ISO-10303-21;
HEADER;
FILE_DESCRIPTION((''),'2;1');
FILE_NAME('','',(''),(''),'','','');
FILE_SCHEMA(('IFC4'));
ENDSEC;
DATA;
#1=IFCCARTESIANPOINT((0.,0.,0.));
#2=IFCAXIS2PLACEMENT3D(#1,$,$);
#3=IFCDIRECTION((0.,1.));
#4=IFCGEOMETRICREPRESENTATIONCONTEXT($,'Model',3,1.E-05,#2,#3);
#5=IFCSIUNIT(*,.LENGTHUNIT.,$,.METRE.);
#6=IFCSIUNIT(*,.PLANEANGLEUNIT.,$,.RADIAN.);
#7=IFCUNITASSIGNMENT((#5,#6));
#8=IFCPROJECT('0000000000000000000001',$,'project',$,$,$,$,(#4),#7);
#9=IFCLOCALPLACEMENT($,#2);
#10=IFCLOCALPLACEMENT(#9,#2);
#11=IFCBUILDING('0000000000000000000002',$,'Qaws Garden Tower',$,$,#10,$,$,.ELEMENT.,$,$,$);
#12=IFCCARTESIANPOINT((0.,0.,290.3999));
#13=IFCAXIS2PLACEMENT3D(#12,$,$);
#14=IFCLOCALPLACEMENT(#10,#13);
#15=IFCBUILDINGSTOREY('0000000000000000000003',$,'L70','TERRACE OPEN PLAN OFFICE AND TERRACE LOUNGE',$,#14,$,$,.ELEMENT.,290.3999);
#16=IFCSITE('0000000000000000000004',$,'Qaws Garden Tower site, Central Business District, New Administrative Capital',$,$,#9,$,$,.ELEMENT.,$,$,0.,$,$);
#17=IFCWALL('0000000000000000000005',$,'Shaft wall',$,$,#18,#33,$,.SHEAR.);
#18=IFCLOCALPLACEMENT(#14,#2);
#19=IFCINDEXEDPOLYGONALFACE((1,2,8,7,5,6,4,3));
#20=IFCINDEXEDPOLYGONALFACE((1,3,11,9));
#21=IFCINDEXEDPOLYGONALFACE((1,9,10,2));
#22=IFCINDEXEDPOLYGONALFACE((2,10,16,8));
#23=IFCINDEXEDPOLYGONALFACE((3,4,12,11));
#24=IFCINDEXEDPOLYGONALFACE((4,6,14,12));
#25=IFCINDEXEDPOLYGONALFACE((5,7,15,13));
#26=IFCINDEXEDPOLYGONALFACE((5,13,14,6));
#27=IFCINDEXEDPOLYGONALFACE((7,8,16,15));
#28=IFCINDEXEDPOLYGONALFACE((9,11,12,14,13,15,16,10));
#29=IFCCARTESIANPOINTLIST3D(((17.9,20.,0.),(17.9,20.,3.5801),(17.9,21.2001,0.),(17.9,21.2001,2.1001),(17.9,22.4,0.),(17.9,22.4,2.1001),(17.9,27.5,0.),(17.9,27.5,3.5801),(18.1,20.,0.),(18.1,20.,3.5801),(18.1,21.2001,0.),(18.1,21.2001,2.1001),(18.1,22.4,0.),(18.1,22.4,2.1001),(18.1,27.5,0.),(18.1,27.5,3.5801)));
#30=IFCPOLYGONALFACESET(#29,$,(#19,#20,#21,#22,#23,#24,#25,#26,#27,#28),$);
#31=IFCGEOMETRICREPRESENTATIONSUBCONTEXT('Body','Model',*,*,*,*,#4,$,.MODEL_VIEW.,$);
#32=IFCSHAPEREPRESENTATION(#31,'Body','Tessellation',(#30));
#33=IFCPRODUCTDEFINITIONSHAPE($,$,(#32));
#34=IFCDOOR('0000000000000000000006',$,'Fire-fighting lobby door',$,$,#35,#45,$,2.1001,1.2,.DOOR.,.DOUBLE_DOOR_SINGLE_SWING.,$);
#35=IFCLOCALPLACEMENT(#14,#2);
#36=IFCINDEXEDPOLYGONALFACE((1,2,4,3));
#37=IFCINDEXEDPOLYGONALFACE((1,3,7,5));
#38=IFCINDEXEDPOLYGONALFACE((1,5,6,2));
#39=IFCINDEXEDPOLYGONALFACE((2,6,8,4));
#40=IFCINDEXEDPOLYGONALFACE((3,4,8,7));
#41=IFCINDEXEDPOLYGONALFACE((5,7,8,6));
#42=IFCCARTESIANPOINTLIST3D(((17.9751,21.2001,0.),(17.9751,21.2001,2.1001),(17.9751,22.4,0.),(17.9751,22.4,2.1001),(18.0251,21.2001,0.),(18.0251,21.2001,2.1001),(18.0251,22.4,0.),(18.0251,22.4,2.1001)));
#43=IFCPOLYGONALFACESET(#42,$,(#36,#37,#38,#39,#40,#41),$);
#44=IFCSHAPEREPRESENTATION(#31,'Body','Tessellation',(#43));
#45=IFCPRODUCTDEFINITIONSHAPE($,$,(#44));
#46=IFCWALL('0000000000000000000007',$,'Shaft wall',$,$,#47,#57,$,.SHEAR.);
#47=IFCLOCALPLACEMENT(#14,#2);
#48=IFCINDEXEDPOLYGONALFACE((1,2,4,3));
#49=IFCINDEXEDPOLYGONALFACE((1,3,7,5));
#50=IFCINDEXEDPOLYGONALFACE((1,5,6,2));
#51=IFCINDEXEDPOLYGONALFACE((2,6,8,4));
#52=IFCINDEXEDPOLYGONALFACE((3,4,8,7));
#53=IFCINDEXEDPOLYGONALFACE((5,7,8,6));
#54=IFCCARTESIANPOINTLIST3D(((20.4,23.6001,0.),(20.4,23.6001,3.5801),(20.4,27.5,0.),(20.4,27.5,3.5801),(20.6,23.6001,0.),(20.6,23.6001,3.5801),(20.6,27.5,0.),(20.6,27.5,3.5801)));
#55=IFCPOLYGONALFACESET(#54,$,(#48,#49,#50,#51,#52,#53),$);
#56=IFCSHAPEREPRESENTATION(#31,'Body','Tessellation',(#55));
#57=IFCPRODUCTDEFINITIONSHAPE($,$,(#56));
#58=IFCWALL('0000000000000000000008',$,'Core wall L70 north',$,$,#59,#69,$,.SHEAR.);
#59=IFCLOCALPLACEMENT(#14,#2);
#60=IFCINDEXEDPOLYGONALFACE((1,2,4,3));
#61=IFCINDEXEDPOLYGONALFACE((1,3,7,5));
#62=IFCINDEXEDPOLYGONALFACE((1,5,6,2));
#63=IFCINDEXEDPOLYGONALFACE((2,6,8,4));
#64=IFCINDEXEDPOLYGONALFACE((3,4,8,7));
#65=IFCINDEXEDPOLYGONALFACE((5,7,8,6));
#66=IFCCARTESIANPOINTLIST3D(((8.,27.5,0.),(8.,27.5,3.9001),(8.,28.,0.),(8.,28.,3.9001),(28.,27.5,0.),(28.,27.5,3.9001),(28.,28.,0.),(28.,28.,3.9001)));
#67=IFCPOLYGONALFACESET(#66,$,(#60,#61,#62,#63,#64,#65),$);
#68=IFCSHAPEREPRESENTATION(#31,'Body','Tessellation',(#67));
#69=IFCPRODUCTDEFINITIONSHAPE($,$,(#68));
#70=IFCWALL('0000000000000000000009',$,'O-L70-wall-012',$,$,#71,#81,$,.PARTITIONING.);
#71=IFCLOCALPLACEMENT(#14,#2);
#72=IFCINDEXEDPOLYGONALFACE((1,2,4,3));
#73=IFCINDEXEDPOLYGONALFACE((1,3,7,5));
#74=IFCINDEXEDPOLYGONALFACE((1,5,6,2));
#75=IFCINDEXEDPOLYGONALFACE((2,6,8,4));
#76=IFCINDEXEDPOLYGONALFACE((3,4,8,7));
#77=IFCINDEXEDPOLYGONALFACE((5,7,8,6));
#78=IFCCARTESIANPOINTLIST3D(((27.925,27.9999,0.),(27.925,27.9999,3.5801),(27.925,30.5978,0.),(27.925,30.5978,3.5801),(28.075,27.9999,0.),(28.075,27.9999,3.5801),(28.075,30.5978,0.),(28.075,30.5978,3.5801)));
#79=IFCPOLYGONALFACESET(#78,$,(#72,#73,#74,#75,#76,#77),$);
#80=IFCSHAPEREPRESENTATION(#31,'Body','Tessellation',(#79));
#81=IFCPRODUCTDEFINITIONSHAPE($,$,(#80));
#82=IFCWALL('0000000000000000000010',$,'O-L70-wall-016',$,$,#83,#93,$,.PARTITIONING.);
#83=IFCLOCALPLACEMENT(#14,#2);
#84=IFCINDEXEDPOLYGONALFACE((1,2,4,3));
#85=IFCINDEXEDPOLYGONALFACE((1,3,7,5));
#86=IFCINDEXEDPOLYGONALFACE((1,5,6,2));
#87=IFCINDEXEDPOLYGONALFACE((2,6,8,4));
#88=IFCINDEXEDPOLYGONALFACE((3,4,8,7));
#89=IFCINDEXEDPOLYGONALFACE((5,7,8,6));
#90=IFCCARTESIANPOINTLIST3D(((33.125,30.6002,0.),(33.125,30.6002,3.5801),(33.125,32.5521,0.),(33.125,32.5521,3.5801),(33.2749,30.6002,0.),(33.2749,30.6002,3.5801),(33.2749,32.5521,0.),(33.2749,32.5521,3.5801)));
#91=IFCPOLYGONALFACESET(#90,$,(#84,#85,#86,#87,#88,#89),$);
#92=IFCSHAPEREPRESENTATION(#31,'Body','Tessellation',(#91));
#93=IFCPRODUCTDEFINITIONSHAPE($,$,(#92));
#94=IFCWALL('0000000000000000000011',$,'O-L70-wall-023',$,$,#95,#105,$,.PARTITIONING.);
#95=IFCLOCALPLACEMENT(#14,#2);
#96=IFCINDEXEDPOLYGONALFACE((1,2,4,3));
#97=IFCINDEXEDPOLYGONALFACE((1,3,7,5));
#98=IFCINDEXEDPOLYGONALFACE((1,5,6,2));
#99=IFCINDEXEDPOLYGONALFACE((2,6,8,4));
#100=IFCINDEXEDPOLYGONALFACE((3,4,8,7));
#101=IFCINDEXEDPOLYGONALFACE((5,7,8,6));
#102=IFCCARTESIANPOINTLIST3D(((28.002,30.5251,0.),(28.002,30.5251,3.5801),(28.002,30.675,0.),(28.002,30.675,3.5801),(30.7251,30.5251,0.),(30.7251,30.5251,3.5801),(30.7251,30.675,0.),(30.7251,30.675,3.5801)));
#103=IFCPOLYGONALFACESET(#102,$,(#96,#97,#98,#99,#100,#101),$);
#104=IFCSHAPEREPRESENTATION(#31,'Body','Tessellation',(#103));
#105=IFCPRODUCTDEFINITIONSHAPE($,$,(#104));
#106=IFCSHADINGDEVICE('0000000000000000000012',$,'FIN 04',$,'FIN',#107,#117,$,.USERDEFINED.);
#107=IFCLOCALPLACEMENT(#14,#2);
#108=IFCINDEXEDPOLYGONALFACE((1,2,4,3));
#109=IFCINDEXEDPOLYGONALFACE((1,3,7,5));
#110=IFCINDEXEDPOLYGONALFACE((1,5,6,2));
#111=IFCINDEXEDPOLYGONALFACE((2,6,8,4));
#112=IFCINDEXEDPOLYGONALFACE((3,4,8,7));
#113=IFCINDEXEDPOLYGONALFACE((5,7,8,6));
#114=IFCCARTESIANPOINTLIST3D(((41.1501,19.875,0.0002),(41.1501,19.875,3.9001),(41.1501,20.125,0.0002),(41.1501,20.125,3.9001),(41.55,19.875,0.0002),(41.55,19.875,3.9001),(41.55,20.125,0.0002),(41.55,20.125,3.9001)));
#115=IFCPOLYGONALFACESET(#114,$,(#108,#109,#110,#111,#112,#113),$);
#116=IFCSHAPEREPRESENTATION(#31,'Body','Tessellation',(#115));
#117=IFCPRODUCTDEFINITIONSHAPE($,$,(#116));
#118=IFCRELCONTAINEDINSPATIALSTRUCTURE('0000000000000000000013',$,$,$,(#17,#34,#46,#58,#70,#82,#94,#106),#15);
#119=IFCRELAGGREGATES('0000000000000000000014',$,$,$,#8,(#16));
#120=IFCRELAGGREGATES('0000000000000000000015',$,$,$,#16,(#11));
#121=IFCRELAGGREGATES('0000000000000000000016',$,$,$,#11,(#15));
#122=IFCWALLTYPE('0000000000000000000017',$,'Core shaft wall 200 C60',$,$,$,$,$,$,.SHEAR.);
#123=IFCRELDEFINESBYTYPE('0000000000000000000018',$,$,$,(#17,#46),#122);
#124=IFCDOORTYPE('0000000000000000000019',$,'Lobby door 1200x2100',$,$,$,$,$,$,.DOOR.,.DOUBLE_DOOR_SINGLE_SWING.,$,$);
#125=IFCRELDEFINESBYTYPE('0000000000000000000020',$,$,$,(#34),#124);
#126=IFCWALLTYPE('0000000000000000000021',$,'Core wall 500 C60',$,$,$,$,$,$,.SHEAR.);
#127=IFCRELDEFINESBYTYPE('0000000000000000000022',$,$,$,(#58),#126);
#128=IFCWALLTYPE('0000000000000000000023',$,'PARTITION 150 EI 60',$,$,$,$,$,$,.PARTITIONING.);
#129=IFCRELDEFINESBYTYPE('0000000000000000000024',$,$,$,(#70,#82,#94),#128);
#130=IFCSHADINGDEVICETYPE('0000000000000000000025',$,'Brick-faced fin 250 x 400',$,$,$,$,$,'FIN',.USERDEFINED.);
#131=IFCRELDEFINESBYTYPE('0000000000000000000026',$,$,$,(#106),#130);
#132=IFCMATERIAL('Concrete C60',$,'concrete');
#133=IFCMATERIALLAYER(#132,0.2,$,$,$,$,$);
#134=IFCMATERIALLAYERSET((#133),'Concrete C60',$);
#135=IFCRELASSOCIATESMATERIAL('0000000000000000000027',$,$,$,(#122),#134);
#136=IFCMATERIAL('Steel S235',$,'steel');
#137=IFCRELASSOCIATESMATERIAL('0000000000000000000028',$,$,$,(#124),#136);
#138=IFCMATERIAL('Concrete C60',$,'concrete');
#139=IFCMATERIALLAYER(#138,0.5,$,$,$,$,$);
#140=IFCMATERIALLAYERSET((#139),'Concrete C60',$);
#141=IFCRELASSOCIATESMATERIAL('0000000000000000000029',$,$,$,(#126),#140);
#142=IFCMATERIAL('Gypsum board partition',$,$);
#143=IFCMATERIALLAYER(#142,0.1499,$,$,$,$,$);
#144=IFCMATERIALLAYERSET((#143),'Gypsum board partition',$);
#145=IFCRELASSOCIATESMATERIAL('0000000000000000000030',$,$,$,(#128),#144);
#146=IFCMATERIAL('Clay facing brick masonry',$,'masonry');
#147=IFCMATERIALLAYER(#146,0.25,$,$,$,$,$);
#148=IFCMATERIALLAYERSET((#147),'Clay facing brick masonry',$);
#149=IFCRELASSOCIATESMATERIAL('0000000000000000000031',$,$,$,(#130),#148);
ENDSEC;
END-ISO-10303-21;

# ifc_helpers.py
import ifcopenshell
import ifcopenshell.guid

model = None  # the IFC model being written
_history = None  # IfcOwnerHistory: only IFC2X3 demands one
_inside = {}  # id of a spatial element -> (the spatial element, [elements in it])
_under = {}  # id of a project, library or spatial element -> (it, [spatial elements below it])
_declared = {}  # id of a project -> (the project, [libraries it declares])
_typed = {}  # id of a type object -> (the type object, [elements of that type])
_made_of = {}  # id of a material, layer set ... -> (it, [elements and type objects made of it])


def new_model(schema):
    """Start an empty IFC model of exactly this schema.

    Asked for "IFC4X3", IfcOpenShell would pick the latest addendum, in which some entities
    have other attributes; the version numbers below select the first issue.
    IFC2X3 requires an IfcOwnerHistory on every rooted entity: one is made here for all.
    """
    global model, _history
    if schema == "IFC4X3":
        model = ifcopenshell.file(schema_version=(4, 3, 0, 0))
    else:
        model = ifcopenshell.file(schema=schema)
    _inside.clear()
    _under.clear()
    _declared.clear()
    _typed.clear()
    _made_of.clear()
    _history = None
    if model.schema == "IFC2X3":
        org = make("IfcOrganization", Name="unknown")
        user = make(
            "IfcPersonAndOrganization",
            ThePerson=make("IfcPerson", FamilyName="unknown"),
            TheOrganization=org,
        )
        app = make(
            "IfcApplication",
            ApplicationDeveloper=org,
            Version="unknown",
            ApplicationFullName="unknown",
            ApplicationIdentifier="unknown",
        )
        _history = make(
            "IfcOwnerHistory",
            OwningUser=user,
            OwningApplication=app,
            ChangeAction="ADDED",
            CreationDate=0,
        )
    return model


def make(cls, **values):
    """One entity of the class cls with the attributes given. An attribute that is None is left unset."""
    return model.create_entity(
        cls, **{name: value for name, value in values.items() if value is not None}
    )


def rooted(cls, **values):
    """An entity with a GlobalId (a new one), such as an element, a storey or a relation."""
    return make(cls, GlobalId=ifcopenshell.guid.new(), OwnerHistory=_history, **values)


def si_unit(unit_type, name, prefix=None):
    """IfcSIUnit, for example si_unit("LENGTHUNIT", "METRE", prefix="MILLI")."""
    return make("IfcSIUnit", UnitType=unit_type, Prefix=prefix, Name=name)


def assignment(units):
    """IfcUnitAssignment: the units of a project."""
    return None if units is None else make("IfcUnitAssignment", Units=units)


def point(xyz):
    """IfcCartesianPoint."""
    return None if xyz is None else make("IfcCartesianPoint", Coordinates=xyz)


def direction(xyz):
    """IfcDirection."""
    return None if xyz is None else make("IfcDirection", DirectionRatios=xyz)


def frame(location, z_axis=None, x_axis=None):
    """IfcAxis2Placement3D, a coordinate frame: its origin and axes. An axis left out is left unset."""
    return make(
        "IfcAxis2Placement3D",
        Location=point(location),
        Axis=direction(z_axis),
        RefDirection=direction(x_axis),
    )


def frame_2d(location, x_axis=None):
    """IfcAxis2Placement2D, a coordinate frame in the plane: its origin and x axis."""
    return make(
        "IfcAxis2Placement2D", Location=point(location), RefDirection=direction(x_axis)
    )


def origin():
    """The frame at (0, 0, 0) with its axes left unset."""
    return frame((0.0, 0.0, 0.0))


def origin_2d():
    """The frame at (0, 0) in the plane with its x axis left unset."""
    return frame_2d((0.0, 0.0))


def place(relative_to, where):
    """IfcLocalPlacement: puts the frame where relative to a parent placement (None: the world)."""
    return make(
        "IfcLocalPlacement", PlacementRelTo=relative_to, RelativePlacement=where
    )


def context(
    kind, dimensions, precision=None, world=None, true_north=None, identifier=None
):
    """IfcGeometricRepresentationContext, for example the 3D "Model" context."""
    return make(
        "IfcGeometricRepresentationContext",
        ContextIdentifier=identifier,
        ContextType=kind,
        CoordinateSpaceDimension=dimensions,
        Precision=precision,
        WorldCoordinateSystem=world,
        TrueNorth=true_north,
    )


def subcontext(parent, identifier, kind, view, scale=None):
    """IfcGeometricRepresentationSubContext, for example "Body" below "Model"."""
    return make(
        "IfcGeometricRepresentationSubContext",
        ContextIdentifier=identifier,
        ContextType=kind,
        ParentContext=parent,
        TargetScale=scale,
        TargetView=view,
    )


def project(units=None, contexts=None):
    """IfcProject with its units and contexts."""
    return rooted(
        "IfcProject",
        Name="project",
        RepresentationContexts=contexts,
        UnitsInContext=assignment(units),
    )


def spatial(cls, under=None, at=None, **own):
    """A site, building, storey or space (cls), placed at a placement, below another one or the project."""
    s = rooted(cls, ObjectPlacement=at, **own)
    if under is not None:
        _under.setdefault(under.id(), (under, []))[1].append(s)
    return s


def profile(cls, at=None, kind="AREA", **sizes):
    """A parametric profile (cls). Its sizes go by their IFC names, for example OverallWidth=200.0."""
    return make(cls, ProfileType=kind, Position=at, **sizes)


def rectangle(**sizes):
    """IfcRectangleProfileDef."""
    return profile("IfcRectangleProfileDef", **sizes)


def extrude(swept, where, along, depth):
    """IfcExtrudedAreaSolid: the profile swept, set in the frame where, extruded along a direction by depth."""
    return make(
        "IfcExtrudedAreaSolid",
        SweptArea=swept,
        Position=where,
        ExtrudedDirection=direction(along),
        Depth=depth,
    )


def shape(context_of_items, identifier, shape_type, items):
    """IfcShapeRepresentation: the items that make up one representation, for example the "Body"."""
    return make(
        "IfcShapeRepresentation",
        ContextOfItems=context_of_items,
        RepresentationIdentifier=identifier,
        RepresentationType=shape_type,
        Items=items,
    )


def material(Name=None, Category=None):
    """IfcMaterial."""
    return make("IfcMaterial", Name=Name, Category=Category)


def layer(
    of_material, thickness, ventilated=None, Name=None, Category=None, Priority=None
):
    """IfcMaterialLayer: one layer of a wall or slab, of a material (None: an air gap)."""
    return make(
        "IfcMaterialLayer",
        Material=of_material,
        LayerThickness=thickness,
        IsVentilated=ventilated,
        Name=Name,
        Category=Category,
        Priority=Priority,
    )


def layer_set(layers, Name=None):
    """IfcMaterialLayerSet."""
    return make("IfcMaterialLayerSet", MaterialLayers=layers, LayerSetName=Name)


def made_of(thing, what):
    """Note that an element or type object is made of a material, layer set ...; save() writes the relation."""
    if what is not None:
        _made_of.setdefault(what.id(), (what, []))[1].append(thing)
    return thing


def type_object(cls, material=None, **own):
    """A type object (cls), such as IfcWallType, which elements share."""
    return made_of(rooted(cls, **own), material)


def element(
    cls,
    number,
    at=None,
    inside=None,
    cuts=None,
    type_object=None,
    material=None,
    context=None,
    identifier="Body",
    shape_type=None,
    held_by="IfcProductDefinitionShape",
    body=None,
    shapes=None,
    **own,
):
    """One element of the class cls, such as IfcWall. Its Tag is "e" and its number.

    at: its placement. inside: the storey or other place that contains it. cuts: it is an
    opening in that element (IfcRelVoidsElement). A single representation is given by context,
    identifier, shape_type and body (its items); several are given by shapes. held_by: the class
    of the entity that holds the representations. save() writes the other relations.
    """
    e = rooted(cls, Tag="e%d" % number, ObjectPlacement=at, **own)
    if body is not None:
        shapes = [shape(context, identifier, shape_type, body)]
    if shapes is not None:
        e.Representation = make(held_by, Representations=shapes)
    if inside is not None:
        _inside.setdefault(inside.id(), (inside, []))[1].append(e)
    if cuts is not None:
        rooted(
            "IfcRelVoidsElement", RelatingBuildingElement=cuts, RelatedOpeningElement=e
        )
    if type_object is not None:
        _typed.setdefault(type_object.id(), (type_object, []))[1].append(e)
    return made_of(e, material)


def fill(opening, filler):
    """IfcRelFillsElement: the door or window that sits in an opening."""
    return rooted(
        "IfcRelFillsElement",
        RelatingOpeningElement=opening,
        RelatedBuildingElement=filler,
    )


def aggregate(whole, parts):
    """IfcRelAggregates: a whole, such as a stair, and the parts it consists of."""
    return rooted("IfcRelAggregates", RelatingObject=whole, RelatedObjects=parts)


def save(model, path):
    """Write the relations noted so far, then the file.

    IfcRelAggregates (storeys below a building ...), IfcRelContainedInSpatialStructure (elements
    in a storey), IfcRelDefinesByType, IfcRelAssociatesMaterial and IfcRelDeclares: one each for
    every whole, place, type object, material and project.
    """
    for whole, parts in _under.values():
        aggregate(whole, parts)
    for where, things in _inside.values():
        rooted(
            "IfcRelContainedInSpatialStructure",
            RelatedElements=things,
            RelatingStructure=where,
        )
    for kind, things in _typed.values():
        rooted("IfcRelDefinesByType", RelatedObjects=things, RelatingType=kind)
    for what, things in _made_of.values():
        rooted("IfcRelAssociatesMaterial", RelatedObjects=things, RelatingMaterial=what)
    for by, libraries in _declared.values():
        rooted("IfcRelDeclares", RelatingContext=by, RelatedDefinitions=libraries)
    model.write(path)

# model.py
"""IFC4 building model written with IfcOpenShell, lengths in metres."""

from ifc_helpers import new_model, si_unit, direction, frame, frame_2d, origin, origin_2d, place, context, subcontext, project, spatial, rectangle, extrude, material, layer, layer_set, type_object, element, fill, save


model = new_model("IFC4")

# Units and contexts
model_context = context("Model", 3, precision=1e-05, world=origin(), true_north=direction((0.0, 1.0)))
body_context = subcontext(model_context, "Body", "Model", "MODEL_VIEW")
ifc_project = project(units=[si_unit("LENGTHUNIT", "METRE"), si_unit("PLANEANGLEUNIT", "RADIAN")], contexts=[model_context])

# Site, building, storey
site_placement = place(None, origin())
site = spatial("IfcSite", under=ifc_project, at=site_placement, Name="Qaws Garden Tower site, Central Business District, New Administrative Capital", CompositionType="ELEMENT", RefElevation=0.0)
building_placement = place(site_placement, origin())
building = spatial("IfcBuilding", under=site, at=building_placement, Name="Qaws Garden Tower", CompositionType="ELEMENT")
storey_placement = place(building_placement, frame((0.0, 0.0, 290.3999)))
storey = spatial("IfcBuildingStorey", under=building, at=storey_placement, Name="L70", Description="TERRACE OPEN PLAN OFFICE AND TERRACE LOUNGE", CompositionType="ELEMENT", Elevation=290.3999)

# Shared definitions
ifc_material_1 = material(Name="Concrete C60", Category="concrete")
ifc_layer_1 = layer(ifc_material_1, 0.2)
ifc_layer_set_1 = layer_set([ifc_layer_1], Name="Concrete C60")
wall_type_1 = type_object("IfcWallType", Name="Core shaft wall 200 C60", PredefinedType="SHEAR", material=ifc_layer_set_1)

# Wall, opening, door
wall_1_placement = place(storey_placement, frame((18.0, 20.0, 0.0), z_axis=(0.0, 0.0, 1.0), x_axis=(0.0, 1.0, 0.0)))
wall_1 = element("IfcWall", 1, at=wall_1_placement, inside=storey, type_object=wall_type_1, Name="Shaft wall", PredefinedType="SHEAR", context=body_context, shape_type="SweptSolid", body=[
    extrude(rectangle(XDim=7.5, YDim=0.2, at=frame_2d((3.75, 0.0))), origin(), (0.0, 0.0, 1.0), 3.5801),
])
opening_1_placement = place(wall_1_placement, frame((1.2, 0.0, 0.0)))
opening_1 = element("IfcOpeningElement", 2, at=opening_1_placement, cuts=wall_1, PredefinedType="OPENING", context=body_context, shape_type="SweptSolid", body=[
    extrude(rectangle(XDim=1.2, YDim=2.1001, at=frame_2d((0.6001, 1.05))), frame((0.0, 0.1099, 0.0), z_axis=(0.0, -1.0, 0.0), x_axis=(1.0, 0.0, 0.0)), (0.0, 0.0, 1.0), 0.22),
])
ifc_material_2 = material(Name="Steel S235", Category="steel")
door_type_1 = type_object("IfcDoorType", Name="Lobby door 1200x2100", OperationType="DOUBLE_DOOR_SINGLE_SWING", PredefinedType="DOOR", material=ifc_material_2)
door_1_placement = place(opening_1_placement, origin())
door_1 = element("IfcDoor", 3, at=door_1_placement, inside=storey, type_object=door_type_1, Name="Fire-fighting lobby door", OperationType="DOUBLE_DOOR_SINGLE_SWING", OverallHeight=2.1001, OverallWidth=1.2, PredefinedType="DOOR", context=body_context, shape_type="SweptSolid", body=[
    extrude(rectangle(XDim=1.2, YDim=2.1001, at=frame_2d((0.6001, 1.05))), frame((0.0, 0.0249, 0.0), z_axis=(0.0, -1.0, 0.0), x_axis=(1.0, 0.0, 0.0)), (0.0, 0.0, 1.0), 0.05),
])
fill(opening_1, door_1)

# Walls
wall_2_placement = place(storey_placement, frame((20.5, 23.6001, 0.0), z_axis=(0.0, 0.0, 1.0), x_axis=(0.0, 1.0, 0.0)))
element("IfcWall", 4, at=wall_2_placement, inside=storey, type_object=wall_type_1, Name="Shaft wall", PredefinedType="SHEAR", context=body_context, shape_type="SweptSolid", body=[
    extrude(rectangle(XDim=3.8999, YDim=0.2, at=frame_2d((1.95, 0.0))), origin(), (0.0, 0.0, 1.0), 3.5801),
])
ifc_material_3 = material(Name="Concrete C60", Category="concrete")
ifc_layer_2 = layer(ifc_material_3, 0.5)
ifc_layer_set_2 = layer_set([ifc_layer_2], Name="Concrete C60")
wall_type_2 = type_object("IfcWallType", Name="Core wall 500 C60", PredefinedType="SHEAR", material=ifc_layer_set_2)
wall_3_placement = place(storey_placement, frame((28.0, 27.75, 0.0), z_axis=(0.0, 0.0, 1.0), x_axis=(-1.0, 0.0, 0.0)))
element("IfcWall", 5, at=wall_3_placement, inside=storey, type_object=wall_type_2, Name="Core wall L70 north", PredefinedType="SHEAR", context=body_context, shape_type="SweptSolid", body=[
    extrude(rectangle(XDim=20.0, YDim=0.5, at=frame_2d((10.0, 0.0))), origin(), (0.0, 0.0, 1.0), 3.9001),
])
ifc_material_4 = material(Name="Gypsum board partition")
ifc_layer_3 = layer(ifc_material_4, 0.1499)
ifc_layer_set_3 = layer_set([ifc_layer_3], Name="Gypsum board partition")
wall_type_3 = type_object("IfcWallType", Name="PARTITION 150 EI 60", PredefinedType="PARTITIONING", material=ifc_layer_set_3)
wall_4_placement = place(storey_placement, frame((28.0, 28.0, 0.0), z_axis=(0.0, 0.0, 1.0), x_axis=(0.0, 1.0, 0.0)))
element("IfcWall", 6, at=wall_4_placement, inside=storey, type_object=wall_type_3, Name="O-L70-wall-012", PredefinedType="PARTITIONING", context=body_context, shape_type="SweptSolid", body=[
    extrude(rectangle(XDim=2.5979, YDim=0.1499, at=frame_2d((1.2988, 0.0))), origin(), (0.0, 0.0, 1.0), 3.5801),
])
wall_5_placement = place(storey_placement, frame((33.2, 30.6001, 0.0), z_axis=(0.0, 0.0, 1.0), x_axis=(0.0, 1.0, 0.0)))
element("IfcWall", 7, at=wall_5_placement, inside=storey, type_object=wall_type_3, Name="O-L70-wall-016", PredefinedType="PARTITIONING", context=body_context, shape_type="SweptSolid", body=[
    extrude(rectangle(XDim=1.9519, YDim=0.1499, at=frame_2d((0.9761, 0.0))), origin(), (0.0, 0.0, 1.0), 3.5801),
])
wall_6_placement = place(storey_placement, frame((28.002, 30.6001, 0.0), z_axis=(0.0, 0.0, 1.0), x_axis=(1.0, 0.0, 0.0)))
element("IfcWall", 8, at=wall_6_placement, inside=storey, type_object=wall_type_3, Name="O-L70-wall-023", PredefinedType="PARTITIONING", context=body_context, shape_type="SweptSolid", body=[
    extrude(rectangle(XDim=2.7231, YDim=0.1499, at=frame_2d((1.3616, 0.0))), origin(), (0.0, 0.0, 1.0), 3.5801),
])

# Shading device
ifc_material_5 = material(Name="Clay facing brick masonry", Category="masonry")
ifc_layer_4 = layer(ifc_material_5, 0.25)
ifc_layer_set_4 = layer_set([ifc_layer_4], Name="Clay facing brick masonry")
shading_device_type = type_object("IfcShadingDeviceType", Name="Brick-faced fin 250 x 400", ElementType="FIN", PredefinedType="USERDEFINED", material=ifc_layer_set_4)
shading_device_placement = place(storey_placement, frame((41.3501, 20.0, 0.0002), z_axis=(0.0, 0.0, 1.0), x_axis=(0.0, 1.0, 0.0)))
element("IfcShadingDevice", 9, at=shading_device_placement, inside=storey, type_object=shading_device_type, Name="FIN 04", ObjectType="FIN", PredefinedType="USERDEFINED", context=body_context, shape_type="SweptSolid", body=[
    extrude(rectangle(XDim=0.25, YDim=0.3999, at=origin_2d()), origin(), (0.0, 0.0, 1.0), 3.8999),
])

save(model, "model.ifc")
